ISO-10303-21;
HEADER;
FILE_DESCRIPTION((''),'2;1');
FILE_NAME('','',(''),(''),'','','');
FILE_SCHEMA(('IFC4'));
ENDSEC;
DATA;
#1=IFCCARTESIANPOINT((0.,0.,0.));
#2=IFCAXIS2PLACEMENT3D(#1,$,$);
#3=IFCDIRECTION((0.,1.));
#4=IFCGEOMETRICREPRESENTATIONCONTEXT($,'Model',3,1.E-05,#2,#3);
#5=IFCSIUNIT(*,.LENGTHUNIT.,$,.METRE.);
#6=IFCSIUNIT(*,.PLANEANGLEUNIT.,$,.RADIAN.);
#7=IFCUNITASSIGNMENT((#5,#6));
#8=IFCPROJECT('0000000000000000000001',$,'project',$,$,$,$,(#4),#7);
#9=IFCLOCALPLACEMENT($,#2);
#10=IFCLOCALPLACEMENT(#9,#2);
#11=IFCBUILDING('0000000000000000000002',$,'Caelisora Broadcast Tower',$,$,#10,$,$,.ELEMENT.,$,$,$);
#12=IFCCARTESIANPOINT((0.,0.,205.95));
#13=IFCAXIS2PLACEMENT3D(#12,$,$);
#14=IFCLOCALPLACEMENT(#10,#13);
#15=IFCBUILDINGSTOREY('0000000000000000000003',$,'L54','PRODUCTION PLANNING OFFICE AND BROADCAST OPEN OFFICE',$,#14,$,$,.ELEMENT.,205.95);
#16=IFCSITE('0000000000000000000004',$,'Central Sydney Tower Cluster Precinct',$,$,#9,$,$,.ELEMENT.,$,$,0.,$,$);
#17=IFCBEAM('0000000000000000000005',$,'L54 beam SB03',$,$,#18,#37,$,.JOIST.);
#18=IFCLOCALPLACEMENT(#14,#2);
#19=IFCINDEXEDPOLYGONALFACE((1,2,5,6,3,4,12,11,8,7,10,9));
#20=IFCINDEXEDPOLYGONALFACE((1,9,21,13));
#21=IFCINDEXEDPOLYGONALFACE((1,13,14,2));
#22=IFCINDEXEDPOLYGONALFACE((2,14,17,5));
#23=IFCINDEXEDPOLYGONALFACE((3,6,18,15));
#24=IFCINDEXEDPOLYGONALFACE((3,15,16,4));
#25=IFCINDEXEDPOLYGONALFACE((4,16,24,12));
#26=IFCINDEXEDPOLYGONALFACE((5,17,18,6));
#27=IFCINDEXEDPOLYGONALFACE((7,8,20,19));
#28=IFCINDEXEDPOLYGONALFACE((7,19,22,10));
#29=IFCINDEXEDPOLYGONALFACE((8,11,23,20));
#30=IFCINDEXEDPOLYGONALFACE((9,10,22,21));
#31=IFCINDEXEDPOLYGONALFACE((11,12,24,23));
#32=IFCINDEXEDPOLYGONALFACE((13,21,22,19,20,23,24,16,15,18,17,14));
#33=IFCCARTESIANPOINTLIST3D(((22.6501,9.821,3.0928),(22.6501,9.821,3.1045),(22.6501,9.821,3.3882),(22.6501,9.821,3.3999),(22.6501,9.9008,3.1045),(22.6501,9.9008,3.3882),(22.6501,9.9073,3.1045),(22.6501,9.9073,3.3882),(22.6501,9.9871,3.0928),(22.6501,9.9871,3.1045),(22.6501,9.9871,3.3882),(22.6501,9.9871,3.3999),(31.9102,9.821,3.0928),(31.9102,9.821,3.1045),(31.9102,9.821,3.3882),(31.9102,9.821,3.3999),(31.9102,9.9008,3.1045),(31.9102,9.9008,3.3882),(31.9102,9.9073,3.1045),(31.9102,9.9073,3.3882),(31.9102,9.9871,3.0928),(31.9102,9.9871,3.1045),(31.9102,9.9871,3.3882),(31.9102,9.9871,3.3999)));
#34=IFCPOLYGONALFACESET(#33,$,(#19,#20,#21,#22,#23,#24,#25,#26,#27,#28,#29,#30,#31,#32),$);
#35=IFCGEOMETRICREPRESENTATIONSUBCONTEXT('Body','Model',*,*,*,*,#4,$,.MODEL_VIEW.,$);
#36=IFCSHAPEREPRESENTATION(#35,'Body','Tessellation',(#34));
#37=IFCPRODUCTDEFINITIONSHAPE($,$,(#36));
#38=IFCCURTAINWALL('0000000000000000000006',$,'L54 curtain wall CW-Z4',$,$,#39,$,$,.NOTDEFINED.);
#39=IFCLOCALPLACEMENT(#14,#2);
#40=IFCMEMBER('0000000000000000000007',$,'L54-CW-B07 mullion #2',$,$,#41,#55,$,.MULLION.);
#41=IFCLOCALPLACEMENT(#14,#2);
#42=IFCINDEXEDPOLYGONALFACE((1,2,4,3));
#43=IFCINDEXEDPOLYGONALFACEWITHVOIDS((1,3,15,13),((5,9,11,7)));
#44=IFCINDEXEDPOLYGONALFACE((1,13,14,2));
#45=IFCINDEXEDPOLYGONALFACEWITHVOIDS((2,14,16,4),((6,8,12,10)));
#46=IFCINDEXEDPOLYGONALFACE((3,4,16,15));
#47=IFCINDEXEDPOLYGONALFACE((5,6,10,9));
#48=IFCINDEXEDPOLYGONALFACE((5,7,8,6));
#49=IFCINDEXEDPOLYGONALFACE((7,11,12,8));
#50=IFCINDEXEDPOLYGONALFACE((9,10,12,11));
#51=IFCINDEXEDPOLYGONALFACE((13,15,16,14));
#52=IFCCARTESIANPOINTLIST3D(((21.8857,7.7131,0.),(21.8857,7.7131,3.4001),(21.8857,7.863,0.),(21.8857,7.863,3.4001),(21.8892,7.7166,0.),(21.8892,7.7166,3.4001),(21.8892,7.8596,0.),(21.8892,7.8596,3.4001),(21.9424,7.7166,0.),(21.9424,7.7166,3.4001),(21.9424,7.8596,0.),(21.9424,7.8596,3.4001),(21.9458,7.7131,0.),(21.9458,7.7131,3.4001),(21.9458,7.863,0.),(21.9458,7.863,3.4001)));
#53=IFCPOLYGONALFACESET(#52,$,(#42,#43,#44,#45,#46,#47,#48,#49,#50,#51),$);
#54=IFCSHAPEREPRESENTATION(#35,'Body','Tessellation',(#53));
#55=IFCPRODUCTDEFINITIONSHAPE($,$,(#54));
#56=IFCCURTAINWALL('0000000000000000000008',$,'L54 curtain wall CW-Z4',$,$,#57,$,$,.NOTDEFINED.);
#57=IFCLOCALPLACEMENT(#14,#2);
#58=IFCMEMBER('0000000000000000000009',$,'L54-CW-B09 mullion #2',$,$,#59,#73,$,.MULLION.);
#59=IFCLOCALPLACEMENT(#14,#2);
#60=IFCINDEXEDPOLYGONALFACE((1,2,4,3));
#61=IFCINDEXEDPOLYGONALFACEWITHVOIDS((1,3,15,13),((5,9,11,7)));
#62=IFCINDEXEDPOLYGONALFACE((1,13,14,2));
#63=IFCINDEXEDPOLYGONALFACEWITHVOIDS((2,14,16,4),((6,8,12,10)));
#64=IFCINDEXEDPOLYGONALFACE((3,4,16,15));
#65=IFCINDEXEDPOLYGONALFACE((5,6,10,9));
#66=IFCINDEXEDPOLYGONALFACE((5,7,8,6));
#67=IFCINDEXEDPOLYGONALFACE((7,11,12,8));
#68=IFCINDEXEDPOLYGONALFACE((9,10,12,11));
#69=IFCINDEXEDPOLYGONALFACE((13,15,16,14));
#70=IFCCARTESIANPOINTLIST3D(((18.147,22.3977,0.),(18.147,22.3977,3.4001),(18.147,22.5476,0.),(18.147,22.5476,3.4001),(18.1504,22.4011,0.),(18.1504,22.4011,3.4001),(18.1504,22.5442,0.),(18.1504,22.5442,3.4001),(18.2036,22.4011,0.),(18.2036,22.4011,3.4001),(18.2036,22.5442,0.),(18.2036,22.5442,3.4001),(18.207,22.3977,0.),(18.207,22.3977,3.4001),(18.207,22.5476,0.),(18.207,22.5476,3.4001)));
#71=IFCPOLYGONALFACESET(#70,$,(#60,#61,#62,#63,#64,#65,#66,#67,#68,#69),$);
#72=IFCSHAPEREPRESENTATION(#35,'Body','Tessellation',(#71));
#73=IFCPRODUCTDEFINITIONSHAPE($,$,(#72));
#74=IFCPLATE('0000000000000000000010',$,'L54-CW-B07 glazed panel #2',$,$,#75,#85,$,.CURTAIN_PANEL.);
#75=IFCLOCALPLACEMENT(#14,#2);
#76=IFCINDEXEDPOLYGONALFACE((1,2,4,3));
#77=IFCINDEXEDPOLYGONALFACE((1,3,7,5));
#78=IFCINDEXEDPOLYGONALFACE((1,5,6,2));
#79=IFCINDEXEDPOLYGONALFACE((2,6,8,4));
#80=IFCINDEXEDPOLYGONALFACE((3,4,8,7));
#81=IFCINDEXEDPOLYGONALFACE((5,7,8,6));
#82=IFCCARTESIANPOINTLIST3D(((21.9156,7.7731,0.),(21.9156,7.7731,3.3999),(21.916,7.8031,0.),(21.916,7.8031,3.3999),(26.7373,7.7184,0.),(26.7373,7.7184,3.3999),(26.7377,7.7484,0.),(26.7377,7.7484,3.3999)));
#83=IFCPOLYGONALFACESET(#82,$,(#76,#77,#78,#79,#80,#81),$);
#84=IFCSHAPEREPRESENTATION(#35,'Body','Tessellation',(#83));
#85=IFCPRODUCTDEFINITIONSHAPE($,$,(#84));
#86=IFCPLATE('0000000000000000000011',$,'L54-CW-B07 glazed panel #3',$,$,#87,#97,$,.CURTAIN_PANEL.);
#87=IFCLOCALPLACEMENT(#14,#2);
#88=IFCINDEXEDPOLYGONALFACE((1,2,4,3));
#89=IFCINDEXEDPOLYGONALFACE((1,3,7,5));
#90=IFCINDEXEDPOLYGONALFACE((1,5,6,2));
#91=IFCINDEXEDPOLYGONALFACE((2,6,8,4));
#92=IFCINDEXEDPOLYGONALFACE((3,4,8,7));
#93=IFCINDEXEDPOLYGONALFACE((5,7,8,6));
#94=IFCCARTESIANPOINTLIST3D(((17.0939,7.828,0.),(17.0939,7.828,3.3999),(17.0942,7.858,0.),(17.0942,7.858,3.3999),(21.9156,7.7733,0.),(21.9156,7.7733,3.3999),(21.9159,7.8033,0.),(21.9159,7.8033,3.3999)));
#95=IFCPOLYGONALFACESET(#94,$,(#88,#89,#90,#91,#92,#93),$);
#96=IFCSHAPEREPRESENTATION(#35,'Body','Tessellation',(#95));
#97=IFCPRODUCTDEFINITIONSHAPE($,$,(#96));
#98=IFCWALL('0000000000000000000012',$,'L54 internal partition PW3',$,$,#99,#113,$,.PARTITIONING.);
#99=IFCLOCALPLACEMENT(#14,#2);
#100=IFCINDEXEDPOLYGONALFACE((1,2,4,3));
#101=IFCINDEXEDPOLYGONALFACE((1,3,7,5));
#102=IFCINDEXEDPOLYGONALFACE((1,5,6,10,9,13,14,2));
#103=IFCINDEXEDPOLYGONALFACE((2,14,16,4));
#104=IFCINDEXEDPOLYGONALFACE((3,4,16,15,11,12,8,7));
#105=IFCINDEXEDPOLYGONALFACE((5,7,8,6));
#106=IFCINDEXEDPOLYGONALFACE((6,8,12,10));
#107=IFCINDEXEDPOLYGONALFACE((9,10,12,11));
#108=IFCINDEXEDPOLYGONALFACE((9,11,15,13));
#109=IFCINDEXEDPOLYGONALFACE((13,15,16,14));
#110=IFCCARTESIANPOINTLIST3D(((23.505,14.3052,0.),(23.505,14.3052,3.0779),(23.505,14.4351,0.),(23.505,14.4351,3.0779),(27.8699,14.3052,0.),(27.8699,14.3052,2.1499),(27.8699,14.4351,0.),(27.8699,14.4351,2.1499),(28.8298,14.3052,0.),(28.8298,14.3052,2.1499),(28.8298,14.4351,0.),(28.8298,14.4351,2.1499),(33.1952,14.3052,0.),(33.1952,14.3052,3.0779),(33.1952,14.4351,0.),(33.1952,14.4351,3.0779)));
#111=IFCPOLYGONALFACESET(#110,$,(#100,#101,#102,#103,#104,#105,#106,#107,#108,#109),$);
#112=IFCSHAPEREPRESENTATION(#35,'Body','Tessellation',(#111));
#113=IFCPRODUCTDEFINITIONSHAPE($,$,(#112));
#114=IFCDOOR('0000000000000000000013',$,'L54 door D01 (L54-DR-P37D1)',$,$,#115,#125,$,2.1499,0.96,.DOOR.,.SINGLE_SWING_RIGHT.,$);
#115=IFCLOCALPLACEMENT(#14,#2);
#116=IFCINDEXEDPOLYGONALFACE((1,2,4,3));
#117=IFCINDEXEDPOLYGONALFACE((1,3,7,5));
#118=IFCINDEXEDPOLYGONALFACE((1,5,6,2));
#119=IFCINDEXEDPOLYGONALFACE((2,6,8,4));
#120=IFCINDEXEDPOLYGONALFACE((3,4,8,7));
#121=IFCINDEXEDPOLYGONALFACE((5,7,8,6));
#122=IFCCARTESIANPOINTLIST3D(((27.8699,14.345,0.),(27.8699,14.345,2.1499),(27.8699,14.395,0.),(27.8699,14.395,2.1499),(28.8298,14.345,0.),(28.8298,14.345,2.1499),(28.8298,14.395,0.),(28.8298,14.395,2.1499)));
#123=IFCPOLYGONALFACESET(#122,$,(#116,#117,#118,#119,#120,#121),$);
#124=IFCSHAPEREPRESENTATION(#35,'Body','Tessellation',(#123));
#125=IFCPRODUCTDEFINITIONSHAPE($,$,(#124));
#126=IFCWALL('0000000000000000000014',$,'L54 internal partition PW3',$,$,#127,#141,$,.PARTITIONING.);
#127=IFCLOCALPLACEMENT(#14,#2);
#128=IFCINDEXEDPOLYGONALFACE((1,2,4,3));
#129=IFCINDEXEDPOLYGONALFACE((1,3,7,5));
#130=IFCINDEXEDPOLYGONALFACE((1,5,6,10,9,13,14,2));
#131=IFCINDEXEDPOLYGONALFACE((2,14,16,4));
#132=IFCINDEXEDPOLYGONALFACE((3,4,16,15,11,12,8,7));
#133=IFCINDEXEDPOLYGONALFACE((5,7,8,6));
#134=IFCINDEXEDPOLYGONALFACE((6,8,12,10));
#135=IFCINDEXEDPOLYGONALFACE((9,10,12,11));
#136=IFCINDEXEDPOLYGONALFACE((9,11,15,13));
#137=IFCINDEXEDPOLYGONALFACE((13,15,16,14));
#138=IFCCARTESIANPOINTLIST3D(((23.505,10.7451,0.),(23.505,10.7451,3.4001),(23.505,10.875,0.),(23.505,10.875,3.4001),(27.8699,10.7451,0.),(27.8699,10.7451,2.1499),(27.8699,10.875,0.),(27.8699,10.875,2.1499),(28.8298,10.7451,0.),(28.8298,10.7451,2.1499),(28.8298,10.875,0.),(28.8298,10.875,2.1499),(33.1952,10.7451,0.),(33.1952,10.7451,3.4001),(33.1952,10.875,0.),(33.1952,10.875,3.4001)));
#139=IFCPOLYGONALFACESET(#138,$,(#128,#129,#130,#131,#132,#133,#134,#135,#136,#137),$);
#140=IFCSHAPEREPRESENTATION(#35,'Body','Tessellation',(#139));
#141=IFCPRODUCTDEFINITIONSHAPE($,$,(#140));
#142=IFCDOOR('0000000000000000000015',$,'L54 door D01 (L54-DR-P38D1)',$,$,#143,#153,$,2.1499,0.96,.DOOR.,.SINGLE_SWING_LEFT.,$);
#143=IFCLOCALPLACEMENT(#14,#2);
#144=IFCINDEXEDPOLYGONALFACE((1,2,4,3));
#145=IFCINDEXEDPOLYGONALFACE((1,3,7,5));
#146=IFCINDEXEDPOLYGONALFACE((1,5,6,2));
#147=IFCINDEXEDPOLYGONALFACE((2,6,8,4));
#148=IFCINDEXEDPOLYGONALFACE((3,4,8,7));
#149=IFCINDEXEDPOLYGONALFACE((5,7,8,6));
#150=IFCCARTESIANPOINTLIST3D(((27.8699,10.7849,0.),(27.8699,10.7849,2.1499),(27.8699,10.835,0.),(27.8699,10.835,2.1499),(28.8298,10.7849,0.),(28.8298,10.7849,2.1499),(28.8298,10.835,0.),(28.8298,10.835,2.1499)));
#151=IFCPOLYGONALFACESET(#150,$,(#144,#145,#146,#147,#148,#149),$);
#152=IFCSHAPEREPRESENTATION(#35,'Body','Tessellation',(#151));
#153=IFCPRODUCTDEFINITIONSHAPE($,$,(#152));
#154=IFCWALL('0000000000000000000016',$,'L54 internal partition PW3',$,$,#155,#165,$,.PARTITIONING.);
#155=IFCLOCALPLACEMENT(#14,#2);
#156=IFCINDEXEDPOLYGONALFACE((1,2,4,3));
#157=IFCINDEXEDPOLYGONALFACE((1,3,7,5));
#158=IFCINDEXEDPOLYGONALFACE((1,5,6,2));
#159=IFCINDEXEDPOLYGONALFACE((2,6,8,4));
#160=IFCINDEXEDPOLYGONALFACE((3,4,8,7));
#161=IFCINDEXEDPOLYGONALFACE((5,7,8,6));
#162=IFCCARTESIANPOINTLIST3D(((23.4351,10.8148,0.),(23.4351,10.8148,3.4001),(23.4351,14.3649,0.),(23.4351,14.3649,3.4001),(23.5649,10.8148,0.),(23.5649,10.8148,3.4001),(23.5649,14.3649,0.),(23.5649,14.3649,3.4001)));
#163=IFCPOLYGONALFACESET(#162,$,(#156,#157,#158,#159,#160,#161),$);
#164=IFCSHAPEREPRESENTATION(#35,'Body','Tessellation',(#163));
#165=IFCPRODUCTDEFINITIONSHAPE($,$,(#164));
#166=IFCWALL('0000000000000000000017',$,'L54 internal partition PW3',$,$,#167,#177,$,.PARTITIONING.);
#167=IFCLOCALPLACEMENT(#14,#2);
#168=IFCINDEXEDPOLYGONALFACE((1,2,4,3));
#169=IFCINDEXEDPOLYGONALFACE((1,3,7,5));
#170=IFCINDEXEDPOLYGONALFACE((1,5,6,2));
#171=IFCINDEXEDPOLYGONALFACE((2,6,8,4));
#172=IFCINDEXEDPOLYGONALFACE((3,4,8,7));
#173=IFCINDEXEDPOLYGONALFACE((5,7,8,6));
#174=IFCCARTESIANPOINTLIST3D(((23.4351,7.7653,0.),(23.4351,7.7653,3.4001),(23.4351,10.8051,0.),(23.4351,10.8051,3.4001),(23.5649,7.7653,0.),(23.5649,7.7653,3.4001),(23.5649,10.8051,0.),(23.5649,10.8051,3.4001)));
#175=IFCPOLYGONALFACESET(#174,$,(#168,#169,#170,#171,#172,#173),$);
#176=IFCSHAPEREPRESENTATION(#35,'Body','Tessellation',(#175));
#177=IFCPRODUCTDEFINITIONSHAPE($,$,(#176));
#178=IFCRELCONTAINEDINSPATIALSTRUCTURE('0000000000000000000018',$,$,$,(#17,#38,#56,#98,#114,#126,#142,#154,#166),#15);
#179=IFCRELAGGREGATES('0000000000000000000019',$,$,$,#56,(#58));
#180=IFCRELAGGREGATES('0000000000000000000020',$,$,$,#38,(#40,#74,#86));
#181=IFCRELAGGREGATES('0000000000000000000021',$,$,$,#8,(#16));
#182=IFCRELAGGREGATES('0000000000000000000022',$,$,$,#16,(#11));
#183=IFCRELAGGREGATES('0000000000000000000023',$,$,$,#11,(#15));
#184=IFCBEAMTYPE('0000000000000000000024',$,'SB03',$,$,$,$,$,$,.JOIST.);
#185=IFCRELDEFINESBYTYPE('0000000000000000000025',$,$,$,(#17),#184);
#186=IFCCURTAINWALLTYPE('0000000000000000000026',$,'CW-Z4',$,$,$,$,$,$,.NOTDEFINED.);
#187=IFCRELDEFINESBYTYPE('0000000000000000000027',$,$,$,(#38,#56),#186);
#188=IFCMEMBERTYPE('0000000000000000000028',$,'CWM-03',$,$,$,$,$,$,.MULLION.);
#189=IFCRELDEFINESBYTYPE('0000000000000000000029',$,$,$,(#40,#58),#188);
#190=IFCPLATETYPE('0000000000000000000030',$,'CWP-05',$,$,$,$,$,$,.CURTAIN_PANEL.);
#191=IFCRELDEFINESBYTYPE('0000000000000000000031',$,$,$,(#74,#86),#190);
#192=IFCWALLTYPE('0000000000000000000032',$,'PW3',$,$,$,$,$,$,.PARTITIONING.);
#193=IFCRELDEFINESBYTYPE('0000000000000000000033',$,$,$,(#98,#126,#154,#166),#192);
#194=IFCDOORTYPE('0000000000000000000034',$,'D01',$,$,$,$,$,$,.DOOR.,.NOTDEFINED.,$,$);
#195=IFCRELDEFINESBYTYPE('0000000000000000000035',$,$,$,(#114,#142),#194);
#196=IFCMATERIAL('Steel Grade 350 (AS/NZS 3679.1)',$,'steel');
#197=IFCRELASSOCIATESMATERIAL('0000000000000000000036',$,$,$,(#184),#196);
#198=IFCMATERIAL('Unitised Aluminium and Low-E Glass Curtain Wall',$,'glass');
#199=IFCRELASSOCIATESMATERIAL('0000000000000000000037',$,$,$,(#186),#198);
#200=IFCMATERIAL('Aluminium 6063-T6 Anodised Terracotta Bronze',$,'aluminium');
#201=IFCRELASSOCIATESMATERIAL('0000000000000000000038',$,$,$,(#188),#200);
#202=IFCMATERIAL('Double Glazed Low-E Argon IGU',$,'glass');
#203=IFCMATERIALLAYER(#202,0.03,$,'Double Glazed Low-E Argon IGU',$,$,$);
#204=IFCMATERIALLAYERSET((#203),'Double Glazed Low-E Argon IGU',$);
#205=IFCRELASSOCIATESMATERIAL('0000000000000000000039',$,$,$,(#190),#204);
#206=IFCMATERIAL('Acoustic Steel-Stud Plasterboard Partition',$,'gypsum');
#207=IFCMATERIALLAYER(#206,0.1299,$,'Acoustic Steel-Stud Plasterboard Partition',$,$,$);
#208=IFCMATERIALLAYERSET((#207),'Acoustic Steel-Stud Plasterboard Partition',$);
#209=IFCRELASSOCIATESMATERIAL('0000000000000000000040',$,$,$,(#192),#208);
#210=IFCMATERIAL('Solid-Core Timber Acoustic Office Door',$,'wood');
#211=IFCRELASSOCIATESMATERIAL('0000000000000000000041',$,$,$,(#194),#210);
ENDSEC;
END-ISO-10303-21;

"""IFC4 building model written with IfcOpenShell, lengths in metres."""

from ifc_helpers import new_model, si_unit, direction, frame, frame_2d, origin, origin_2d, place, context, subcontext, project, spatial, rectangle, hollow_rectangle, i_section, extrude, source, transform, mapped, material, layer, layer_set, material_profile, profile_set, type_object, type_shapes, element, fill, aggregate, save


model = new_model("IFC4")

# Units and contexts
model_context = context("Model", 3, precision=1e-05, world=origin(), true_north=direction((0.0, 1.0)))
body_context = subcontext(model_context, "Body", "Model", "MODEL_VIEW")
ifc_project = project(units=[si_unit("LENGTHUNIT", "METRE"), si_unit("PLANEANGLEUNIT", "RADIAN")], contexts=[model_context])

# Site, building, storey
site_placement = place(None, origin())
site = spatial("IfcSite", under=ifc_project, at=site_placement, Name="Central Sydney Tower Cluster Precinct", CompositionType="ELEMENT", RefElevation=0.0)
building_placement = place(site_placement, origin())
building = spatial("IfcBuilding", under=site, at=building_placement, Name="Caelisora Broadcast Tower", CompositionType="ELEMENT")
storey_placement = place(building_placement, frame((0.0, 0.0, 205.95)))
storey = spatial("IfcBuildingStorey", under=building, at=storey_placement, Name="L54", Description="PRODUCTION PLANNING OFFICE AND BROADCAST OPEN OFFICE", CompositionType="ELEMENT", Elevation=205.95)

# Beam
ifc_material_1 = material(Name="Steel Grade 350 (AS/NZS 3679.1)", Category="steel")
ifc_material_profile_1 = material_profile(ifc_material_1, i_section(OverallWidth=0.166, OverallDepth=0.3071, WebThickness=0.0066, FlangeThickness=0.0117, at=origin_2d()), Name="Steel Grade 350 (AS/NZS 3679.1)")
ifc_profile_set_1 = profile_set([ifc_material_profile_1], Name="Steel Grade 350 (AS/NZS 3679.1)")
beam_type_1 = type_object("IfcBeamType", Name="SB03", PredefinedType="JOIST", material=ifc_profile_set_1)
shared_shape_1 = source(origin(), body_context, "Body", "SweptSolid", [
    extrude(i_section(OverallWidth=0.166, OverallDepth=0.3071, WebThickness=0.0066, FlangeThickness=0.0117, at=origin_2d()), origin(), (0.0, 0.0, 1.0), 9.26),
])
beam_1_placement = place(storey_placement, frame((22.6501, 9.9041, 3.2463), z_axis=(1.0, 0.0, 0.0), x_axis=(0.0, 1.0, 0.0)))
element("IfcBeam", 1, at=beam_1_placement, inside=storey, type_object=beam_type_1, Name="L54 beam SB03", PredefinedType="JOIST", context=body_context, shape_type="MappedRepresentation", body=[
    mapped(shared_shape_1, transform((0.0, 0.0, 0.0), scale=1.0)),
])

# Curtain walls, members
ifc_material_2 = material(Name="Unitised Aluminium and Low-E Glass Curtain Wall", Category="glass")
curtain_wall_type = type_object("IfcCurtainWallType", Name="CW-Z4", PredefinedType="NOTDEFINED", material=ifc_material_2)
curtain_wall_1_placement = place(storey_placement, origin())
curtain_wall_1 = element("IfcCurtainWall", 2, at=curtain_wall_1_placement, inside=storey, type_object=curtain_wall_type, Name="L54 curtain wall CW-Z4", PredefinedType="NOTDEFINED")
ifc_material_3 = material(Name="Aluminium 6063-T6 Anodised Terracotta Bronze", Category="aluminium")
ifc_material_profile_2 = material_profile(ifc_material_3, hollow_rectangle(XDim=0.0601, YDim=0.1499, WallThickness=0.0034, at=origin_2d()), Name="Aluminium 6063-T6 Anodised Terracotta Bronze")
ifc_profile_set_2 = profile_set([ifc_material_profile_2], Name="Aluminium 6063-T6 Anodised Terracotta Bronze")
member_type = type_object("IfcMemberType", Name="CWM-03", PredefinedType="MULLION", material=ifc_profile_set_2)
shared_shape_2 = source(origin(), body_context, "Body", "SweptSolid", [
    extrude(hollow_rectangle(XDim=0.0601, YDim=0.1499, WallThickness=0.0034, at=origin_2d()), origin(), (0.0, 0.0, 1.0), 3.4001),
])
type_shapes(member_type, [shared_shape_2])
member_1_placement = place(storey_placement, frame((21.9158, 7.7881, 0.0), z_axis=(0.0, 0.0, 1.0), x_axis=(1.0, 0.0, 0.0)))
member_1 = element("IfcMember", 3, at=member_1_placement, type_object=member_type, Name="L54-CW-B07 mullion #2", PredefinedType="MULLION", context=body_context, shape_type="MappedRepresentation", body=[
    mapped(shared_shape_2, transform((0.0, 0.0, 0.0), scale=1.0)),
])
curtain_wall_2_placement = place(storey_placement, origin())
curtain_wall_2 = element("IfcCurtainWall", 4, at=curtain_wall_2_placement, inside=storey, type_object=curtain_wall_type, Name="L54 curtain wall CW-Z4", PredefinedType="NOTDEFINED")
member_2_placement = place(storey_placement, frame((18.177, 22.4727, 0.0), z_axis=(0.0, 0.0, 1.0), x_axis=(1.0, 0.0, 0.0)))
member_2 = element("IfcMember", 5, at=member_2_placement, type_object=member_type, Name="L54-CW-B09 mullion #2", PredefinedType="MULLION", context=body_context, shape_type="MappedRepresentation", body=[
    mapped(shared_shape_2, transform((0.0, 0.0, 0.0), scale=1.0)),
])
aggregate(curtain_wall_2, [member_2])

# Plates
ifc_material_4 = material(Name="Double Glazed Low-E Argon IGU", Category="glass")
ifc_layer_1 = layer(ifc_material_4, 0.03, Name="Double Glazed Low-E Argon IGU")
ifc_layer_set_1 = layer_set([ifc_layer_1], Name="Double Glazed Low-E Argon IGU")
plate_type = type_object("IfcPlateType", Name="CWP-05", PredefinedType="CURTAIN_PANEL", material=ifc_layer_set_1)
shared_shape_3 = source(origin(), body_context, "Body", "SweptSolid", [
    extrude(rectangle(XDim=4.822, YDim=0.03, at=origin_2d()), origin(), (0.0, 0.0, 1.0), 3.3999),
])
type_shapes(plate_type, [shared_shape_3])
plate_1_placement = place(storey_placement, frame((24.3267, 7.7607, 0.0), z_axis=(0.0, 0.0, 1.0), x_axis=(-0.999936, 0.011344, 0.0)))
plate_1 = element("IfcPlate", 6, at=plate_1_placement, type_object=plate_type, Name="L54-CW-B07 glazed panel #2", PredefinedType="CURTAIN_PANEL", context=body_context, shape_type="MappedRepresentation", body=[
    mapped(shared_shape_3, transform((0.0, 0.0, 0.0), scale=1.0)),
])
plate_2_placement = place(storey_placement, frame((19.5049, 7.8157, 0.0), z_axis=(0.0, 0.0, 1.0), x_axis=(-0.999936, 0.011344, 0.0)))
plate_2 = element("IfcPlate", 7, at=plate_2_placement, type_object=plate_type, Name="L54-CW-B07 glazed panel #3", PredefinedType="CURTAIN_PANEL", context=body_context, shape_type="MappedRepresentation", body=[
    mapped(shared_shape_3, transform((0.0, 0.0, 0.0), scale=1.0)),
])
aggregate(curtain_wall_1, [member_1, plate_1, plate_2])

# Walls, openings, doors
ifc_material_5 = material(Name="Acoustic Steel-Stud Plasterboard Partition", Category="gypsum")
ifc_layer_2 = layer(ifc_material_5, 0.1299, Name="Acoustic Steel-Stud Plasterboard Partition")
ifc_layer_set_2 = layer_set([ifc_layer_2], Name="Acoustic Steel-Stud Plasterboard Partition")
wall_type = type_object("IfcWallType", Name="PW3", PredefinedType="PARTITIONING", material=ifc_layer_set_2)
wall_1_placement = place(storey_placement, frame((23.5049, 14.3701, 0.0), z_axis=(0.0, 0.0, 1.0), x_axis=(1.0, 0.0, 0.0)))
wall_1 = element("IfcWall", 8, at=wall_1_placement, inside=storey, type_object=wall_type, Name="L54 internal partition PW3", PredefinedType="PARTITIONING", context=body_context, shape_type="SweptSolid", body=[
    extrude(rectangle(XDim=9.6902, YDim=0.1299, at=frame_2d((4.8452, 0.0))), origin(), (0.0, 0.0, 1.0), 3.0779),
])
opening_1_placement = place(wall_1_placement, frame((4.365, 0.0, 0.0)))
opening_1 = element("IfcOpeningElement", 9, at=opening_1_placement, cuts=wall_1, PredefinedType="OPENING", context=body_context, shape_type="SweptSolid", body=[
    extrude(rectangle(XDim=0.96, YDim=2.1499, at=frame_2d((0.48, 1.075))), frame((0.0, 0.0769, 0.0), z_axis=(0.0, -1.0, 0.0), x_axis=(1.0, 0.0, 0.0)), (0.0, 0.0, 1.0), 0.1538),
])
ifc_material_6 = material(Name="Solid-Core Timber Acoustic Office Door", Category="wood")
door_type = type_object("IfcDoorType", Name="D01", OperationType="NOTDEFINED", PredefinedType="DOOR", material=ifc_material_6)
door_1_placement = place(opening_1_placement, origin())
door_1 = element("IfcDoor", 10, at=door_1_placement, inside=storey, type_object=door_type, Name="L54 door D01 (L54-DR-P37D1)", OperationType="SINGLE_SWING_RIGHT", OverallHeight=2.1499, OverallWidth=0.96, PredefinedType="DOOR", context=body_context, shape_type="SweptSolid", body=[
    extrude(rectangle(XDim=0.96, YDim=2.1499, at=frame_2d((0.48, 1.075))), frame((0.0, 0.0249, 0.0), z_axis=(0.0, -1.0, 0.0), x_axis=(1.0, 0.0, 0.0)), (0.0, 0.0, 1.0), 0.05),
])
fill(opening_1, door_1)
wall_2_placement = place(storey_placement, frame((23.5049, 10.8101, 0.0), z_axis=(0.0, 0.0, 1.0), x_axis=(1.0, 0.0, 0.0)))
wall_2 = element("IfcWall", 11, at=wall_2_placement, inside=storey, type_object=wall_type, Name="L54 internal partition PW3", PredefinedType="PARTITIONING", context=body_context, shape_type="SweptSolid", body=[
    extrude(rectangle(XDim=9.6902, YDim=0.1299, at=frame_2d((4.8452, 0.0))), origin(), (0.0, 0.0, 1.0), 3.4001),
])
opening_2_placement = place(wall_2_placement, frame((4.365, 0.0, 0.0)))
opening_2 = element("IfcOpeningElement", 12, at=opening_2_placement, cuts=wall_2, PredefinedType="OPENING", context=body_context, shape_type="SweptSolid", body=[
    extrude(rectangle(XDim=0.96, YDim=2.1499, at=frame_2d((0.48, 1.075))), frame((0.0, 0.0769, 0.0), z_axis=(0.0, -1.0, 0.0), x_axis=(1.0, 0.0, 0.0)), (0.0, 0.0, 1.0), 0.1538),
])
door_2_placement = place(opening_2_placement, origin())
door_2 = element("IfcDoor", 13, at=door_2_placement, inside=storey, type_object=door_type, Name="L54 door D01 (L54-DR-P38D1)", OperationType="SINGLE_SWING_LEFT", OverallHeight=2.1499, OverallWidth=0.96, PredefinedType="DOOR", context=body_context, shape_type="SweptSolid", body=[
    extrude(rectangle(XDim=0.96, YDim=2.1499, at=frame_2d((0.48, 1.075))), frame((0.0, 0.0249, 0.0), z_axis=(0.0, -1.0, 0.0), x_axis=(1.0, 0.0, 0.0)), (0.0, 0.0, 1.0), 0.05),
])
fill(opening_2, door_2)

# Walls
wall_3_placement = place(storey_placement, frame((23.5, 10.8149, 0.0), z_axis=(0.0, 0.0, 1.0), x_axis=(0.0, 1.0, 0.0)))
element("IfcWall", 14, at=wall_3_placement, inside=storey, type_object=wall_type, Name="L54 internal partition PW3", PredefinedType="PARTITIONING", context=body_context, shape_type="SweptSolid", body=[
    extrude(rectangle(XDim=3.55, YDim=0.1299, at=frame_2d((1.7749, 0.0))), origin(), (0.0, 0.0, 1.0), 3.4001),
])
wall_4_placement = place(storey_placement, frame((23.5, 7.7651, 0.0), z_axis=(0.0, 0.0, 1.0), x_axis=(0.0, 1.0, 0.0)))
element("IfcWall", 15, at=wall_4_placement, inside=storey, type_object=wall_type, Name="L54 internal partition PW3", PredefinedType="PARTITIONING", context=body_context, shape_type="SweptSolid", body=[
    extrude(rectangle(XDim=3.0398, YDim=0.1299, at=frame_2d((1.52, 0.0))), origin(), (0.0, 0.0, 1.0), 3.4001),
])

save(model, "model.ifc")
